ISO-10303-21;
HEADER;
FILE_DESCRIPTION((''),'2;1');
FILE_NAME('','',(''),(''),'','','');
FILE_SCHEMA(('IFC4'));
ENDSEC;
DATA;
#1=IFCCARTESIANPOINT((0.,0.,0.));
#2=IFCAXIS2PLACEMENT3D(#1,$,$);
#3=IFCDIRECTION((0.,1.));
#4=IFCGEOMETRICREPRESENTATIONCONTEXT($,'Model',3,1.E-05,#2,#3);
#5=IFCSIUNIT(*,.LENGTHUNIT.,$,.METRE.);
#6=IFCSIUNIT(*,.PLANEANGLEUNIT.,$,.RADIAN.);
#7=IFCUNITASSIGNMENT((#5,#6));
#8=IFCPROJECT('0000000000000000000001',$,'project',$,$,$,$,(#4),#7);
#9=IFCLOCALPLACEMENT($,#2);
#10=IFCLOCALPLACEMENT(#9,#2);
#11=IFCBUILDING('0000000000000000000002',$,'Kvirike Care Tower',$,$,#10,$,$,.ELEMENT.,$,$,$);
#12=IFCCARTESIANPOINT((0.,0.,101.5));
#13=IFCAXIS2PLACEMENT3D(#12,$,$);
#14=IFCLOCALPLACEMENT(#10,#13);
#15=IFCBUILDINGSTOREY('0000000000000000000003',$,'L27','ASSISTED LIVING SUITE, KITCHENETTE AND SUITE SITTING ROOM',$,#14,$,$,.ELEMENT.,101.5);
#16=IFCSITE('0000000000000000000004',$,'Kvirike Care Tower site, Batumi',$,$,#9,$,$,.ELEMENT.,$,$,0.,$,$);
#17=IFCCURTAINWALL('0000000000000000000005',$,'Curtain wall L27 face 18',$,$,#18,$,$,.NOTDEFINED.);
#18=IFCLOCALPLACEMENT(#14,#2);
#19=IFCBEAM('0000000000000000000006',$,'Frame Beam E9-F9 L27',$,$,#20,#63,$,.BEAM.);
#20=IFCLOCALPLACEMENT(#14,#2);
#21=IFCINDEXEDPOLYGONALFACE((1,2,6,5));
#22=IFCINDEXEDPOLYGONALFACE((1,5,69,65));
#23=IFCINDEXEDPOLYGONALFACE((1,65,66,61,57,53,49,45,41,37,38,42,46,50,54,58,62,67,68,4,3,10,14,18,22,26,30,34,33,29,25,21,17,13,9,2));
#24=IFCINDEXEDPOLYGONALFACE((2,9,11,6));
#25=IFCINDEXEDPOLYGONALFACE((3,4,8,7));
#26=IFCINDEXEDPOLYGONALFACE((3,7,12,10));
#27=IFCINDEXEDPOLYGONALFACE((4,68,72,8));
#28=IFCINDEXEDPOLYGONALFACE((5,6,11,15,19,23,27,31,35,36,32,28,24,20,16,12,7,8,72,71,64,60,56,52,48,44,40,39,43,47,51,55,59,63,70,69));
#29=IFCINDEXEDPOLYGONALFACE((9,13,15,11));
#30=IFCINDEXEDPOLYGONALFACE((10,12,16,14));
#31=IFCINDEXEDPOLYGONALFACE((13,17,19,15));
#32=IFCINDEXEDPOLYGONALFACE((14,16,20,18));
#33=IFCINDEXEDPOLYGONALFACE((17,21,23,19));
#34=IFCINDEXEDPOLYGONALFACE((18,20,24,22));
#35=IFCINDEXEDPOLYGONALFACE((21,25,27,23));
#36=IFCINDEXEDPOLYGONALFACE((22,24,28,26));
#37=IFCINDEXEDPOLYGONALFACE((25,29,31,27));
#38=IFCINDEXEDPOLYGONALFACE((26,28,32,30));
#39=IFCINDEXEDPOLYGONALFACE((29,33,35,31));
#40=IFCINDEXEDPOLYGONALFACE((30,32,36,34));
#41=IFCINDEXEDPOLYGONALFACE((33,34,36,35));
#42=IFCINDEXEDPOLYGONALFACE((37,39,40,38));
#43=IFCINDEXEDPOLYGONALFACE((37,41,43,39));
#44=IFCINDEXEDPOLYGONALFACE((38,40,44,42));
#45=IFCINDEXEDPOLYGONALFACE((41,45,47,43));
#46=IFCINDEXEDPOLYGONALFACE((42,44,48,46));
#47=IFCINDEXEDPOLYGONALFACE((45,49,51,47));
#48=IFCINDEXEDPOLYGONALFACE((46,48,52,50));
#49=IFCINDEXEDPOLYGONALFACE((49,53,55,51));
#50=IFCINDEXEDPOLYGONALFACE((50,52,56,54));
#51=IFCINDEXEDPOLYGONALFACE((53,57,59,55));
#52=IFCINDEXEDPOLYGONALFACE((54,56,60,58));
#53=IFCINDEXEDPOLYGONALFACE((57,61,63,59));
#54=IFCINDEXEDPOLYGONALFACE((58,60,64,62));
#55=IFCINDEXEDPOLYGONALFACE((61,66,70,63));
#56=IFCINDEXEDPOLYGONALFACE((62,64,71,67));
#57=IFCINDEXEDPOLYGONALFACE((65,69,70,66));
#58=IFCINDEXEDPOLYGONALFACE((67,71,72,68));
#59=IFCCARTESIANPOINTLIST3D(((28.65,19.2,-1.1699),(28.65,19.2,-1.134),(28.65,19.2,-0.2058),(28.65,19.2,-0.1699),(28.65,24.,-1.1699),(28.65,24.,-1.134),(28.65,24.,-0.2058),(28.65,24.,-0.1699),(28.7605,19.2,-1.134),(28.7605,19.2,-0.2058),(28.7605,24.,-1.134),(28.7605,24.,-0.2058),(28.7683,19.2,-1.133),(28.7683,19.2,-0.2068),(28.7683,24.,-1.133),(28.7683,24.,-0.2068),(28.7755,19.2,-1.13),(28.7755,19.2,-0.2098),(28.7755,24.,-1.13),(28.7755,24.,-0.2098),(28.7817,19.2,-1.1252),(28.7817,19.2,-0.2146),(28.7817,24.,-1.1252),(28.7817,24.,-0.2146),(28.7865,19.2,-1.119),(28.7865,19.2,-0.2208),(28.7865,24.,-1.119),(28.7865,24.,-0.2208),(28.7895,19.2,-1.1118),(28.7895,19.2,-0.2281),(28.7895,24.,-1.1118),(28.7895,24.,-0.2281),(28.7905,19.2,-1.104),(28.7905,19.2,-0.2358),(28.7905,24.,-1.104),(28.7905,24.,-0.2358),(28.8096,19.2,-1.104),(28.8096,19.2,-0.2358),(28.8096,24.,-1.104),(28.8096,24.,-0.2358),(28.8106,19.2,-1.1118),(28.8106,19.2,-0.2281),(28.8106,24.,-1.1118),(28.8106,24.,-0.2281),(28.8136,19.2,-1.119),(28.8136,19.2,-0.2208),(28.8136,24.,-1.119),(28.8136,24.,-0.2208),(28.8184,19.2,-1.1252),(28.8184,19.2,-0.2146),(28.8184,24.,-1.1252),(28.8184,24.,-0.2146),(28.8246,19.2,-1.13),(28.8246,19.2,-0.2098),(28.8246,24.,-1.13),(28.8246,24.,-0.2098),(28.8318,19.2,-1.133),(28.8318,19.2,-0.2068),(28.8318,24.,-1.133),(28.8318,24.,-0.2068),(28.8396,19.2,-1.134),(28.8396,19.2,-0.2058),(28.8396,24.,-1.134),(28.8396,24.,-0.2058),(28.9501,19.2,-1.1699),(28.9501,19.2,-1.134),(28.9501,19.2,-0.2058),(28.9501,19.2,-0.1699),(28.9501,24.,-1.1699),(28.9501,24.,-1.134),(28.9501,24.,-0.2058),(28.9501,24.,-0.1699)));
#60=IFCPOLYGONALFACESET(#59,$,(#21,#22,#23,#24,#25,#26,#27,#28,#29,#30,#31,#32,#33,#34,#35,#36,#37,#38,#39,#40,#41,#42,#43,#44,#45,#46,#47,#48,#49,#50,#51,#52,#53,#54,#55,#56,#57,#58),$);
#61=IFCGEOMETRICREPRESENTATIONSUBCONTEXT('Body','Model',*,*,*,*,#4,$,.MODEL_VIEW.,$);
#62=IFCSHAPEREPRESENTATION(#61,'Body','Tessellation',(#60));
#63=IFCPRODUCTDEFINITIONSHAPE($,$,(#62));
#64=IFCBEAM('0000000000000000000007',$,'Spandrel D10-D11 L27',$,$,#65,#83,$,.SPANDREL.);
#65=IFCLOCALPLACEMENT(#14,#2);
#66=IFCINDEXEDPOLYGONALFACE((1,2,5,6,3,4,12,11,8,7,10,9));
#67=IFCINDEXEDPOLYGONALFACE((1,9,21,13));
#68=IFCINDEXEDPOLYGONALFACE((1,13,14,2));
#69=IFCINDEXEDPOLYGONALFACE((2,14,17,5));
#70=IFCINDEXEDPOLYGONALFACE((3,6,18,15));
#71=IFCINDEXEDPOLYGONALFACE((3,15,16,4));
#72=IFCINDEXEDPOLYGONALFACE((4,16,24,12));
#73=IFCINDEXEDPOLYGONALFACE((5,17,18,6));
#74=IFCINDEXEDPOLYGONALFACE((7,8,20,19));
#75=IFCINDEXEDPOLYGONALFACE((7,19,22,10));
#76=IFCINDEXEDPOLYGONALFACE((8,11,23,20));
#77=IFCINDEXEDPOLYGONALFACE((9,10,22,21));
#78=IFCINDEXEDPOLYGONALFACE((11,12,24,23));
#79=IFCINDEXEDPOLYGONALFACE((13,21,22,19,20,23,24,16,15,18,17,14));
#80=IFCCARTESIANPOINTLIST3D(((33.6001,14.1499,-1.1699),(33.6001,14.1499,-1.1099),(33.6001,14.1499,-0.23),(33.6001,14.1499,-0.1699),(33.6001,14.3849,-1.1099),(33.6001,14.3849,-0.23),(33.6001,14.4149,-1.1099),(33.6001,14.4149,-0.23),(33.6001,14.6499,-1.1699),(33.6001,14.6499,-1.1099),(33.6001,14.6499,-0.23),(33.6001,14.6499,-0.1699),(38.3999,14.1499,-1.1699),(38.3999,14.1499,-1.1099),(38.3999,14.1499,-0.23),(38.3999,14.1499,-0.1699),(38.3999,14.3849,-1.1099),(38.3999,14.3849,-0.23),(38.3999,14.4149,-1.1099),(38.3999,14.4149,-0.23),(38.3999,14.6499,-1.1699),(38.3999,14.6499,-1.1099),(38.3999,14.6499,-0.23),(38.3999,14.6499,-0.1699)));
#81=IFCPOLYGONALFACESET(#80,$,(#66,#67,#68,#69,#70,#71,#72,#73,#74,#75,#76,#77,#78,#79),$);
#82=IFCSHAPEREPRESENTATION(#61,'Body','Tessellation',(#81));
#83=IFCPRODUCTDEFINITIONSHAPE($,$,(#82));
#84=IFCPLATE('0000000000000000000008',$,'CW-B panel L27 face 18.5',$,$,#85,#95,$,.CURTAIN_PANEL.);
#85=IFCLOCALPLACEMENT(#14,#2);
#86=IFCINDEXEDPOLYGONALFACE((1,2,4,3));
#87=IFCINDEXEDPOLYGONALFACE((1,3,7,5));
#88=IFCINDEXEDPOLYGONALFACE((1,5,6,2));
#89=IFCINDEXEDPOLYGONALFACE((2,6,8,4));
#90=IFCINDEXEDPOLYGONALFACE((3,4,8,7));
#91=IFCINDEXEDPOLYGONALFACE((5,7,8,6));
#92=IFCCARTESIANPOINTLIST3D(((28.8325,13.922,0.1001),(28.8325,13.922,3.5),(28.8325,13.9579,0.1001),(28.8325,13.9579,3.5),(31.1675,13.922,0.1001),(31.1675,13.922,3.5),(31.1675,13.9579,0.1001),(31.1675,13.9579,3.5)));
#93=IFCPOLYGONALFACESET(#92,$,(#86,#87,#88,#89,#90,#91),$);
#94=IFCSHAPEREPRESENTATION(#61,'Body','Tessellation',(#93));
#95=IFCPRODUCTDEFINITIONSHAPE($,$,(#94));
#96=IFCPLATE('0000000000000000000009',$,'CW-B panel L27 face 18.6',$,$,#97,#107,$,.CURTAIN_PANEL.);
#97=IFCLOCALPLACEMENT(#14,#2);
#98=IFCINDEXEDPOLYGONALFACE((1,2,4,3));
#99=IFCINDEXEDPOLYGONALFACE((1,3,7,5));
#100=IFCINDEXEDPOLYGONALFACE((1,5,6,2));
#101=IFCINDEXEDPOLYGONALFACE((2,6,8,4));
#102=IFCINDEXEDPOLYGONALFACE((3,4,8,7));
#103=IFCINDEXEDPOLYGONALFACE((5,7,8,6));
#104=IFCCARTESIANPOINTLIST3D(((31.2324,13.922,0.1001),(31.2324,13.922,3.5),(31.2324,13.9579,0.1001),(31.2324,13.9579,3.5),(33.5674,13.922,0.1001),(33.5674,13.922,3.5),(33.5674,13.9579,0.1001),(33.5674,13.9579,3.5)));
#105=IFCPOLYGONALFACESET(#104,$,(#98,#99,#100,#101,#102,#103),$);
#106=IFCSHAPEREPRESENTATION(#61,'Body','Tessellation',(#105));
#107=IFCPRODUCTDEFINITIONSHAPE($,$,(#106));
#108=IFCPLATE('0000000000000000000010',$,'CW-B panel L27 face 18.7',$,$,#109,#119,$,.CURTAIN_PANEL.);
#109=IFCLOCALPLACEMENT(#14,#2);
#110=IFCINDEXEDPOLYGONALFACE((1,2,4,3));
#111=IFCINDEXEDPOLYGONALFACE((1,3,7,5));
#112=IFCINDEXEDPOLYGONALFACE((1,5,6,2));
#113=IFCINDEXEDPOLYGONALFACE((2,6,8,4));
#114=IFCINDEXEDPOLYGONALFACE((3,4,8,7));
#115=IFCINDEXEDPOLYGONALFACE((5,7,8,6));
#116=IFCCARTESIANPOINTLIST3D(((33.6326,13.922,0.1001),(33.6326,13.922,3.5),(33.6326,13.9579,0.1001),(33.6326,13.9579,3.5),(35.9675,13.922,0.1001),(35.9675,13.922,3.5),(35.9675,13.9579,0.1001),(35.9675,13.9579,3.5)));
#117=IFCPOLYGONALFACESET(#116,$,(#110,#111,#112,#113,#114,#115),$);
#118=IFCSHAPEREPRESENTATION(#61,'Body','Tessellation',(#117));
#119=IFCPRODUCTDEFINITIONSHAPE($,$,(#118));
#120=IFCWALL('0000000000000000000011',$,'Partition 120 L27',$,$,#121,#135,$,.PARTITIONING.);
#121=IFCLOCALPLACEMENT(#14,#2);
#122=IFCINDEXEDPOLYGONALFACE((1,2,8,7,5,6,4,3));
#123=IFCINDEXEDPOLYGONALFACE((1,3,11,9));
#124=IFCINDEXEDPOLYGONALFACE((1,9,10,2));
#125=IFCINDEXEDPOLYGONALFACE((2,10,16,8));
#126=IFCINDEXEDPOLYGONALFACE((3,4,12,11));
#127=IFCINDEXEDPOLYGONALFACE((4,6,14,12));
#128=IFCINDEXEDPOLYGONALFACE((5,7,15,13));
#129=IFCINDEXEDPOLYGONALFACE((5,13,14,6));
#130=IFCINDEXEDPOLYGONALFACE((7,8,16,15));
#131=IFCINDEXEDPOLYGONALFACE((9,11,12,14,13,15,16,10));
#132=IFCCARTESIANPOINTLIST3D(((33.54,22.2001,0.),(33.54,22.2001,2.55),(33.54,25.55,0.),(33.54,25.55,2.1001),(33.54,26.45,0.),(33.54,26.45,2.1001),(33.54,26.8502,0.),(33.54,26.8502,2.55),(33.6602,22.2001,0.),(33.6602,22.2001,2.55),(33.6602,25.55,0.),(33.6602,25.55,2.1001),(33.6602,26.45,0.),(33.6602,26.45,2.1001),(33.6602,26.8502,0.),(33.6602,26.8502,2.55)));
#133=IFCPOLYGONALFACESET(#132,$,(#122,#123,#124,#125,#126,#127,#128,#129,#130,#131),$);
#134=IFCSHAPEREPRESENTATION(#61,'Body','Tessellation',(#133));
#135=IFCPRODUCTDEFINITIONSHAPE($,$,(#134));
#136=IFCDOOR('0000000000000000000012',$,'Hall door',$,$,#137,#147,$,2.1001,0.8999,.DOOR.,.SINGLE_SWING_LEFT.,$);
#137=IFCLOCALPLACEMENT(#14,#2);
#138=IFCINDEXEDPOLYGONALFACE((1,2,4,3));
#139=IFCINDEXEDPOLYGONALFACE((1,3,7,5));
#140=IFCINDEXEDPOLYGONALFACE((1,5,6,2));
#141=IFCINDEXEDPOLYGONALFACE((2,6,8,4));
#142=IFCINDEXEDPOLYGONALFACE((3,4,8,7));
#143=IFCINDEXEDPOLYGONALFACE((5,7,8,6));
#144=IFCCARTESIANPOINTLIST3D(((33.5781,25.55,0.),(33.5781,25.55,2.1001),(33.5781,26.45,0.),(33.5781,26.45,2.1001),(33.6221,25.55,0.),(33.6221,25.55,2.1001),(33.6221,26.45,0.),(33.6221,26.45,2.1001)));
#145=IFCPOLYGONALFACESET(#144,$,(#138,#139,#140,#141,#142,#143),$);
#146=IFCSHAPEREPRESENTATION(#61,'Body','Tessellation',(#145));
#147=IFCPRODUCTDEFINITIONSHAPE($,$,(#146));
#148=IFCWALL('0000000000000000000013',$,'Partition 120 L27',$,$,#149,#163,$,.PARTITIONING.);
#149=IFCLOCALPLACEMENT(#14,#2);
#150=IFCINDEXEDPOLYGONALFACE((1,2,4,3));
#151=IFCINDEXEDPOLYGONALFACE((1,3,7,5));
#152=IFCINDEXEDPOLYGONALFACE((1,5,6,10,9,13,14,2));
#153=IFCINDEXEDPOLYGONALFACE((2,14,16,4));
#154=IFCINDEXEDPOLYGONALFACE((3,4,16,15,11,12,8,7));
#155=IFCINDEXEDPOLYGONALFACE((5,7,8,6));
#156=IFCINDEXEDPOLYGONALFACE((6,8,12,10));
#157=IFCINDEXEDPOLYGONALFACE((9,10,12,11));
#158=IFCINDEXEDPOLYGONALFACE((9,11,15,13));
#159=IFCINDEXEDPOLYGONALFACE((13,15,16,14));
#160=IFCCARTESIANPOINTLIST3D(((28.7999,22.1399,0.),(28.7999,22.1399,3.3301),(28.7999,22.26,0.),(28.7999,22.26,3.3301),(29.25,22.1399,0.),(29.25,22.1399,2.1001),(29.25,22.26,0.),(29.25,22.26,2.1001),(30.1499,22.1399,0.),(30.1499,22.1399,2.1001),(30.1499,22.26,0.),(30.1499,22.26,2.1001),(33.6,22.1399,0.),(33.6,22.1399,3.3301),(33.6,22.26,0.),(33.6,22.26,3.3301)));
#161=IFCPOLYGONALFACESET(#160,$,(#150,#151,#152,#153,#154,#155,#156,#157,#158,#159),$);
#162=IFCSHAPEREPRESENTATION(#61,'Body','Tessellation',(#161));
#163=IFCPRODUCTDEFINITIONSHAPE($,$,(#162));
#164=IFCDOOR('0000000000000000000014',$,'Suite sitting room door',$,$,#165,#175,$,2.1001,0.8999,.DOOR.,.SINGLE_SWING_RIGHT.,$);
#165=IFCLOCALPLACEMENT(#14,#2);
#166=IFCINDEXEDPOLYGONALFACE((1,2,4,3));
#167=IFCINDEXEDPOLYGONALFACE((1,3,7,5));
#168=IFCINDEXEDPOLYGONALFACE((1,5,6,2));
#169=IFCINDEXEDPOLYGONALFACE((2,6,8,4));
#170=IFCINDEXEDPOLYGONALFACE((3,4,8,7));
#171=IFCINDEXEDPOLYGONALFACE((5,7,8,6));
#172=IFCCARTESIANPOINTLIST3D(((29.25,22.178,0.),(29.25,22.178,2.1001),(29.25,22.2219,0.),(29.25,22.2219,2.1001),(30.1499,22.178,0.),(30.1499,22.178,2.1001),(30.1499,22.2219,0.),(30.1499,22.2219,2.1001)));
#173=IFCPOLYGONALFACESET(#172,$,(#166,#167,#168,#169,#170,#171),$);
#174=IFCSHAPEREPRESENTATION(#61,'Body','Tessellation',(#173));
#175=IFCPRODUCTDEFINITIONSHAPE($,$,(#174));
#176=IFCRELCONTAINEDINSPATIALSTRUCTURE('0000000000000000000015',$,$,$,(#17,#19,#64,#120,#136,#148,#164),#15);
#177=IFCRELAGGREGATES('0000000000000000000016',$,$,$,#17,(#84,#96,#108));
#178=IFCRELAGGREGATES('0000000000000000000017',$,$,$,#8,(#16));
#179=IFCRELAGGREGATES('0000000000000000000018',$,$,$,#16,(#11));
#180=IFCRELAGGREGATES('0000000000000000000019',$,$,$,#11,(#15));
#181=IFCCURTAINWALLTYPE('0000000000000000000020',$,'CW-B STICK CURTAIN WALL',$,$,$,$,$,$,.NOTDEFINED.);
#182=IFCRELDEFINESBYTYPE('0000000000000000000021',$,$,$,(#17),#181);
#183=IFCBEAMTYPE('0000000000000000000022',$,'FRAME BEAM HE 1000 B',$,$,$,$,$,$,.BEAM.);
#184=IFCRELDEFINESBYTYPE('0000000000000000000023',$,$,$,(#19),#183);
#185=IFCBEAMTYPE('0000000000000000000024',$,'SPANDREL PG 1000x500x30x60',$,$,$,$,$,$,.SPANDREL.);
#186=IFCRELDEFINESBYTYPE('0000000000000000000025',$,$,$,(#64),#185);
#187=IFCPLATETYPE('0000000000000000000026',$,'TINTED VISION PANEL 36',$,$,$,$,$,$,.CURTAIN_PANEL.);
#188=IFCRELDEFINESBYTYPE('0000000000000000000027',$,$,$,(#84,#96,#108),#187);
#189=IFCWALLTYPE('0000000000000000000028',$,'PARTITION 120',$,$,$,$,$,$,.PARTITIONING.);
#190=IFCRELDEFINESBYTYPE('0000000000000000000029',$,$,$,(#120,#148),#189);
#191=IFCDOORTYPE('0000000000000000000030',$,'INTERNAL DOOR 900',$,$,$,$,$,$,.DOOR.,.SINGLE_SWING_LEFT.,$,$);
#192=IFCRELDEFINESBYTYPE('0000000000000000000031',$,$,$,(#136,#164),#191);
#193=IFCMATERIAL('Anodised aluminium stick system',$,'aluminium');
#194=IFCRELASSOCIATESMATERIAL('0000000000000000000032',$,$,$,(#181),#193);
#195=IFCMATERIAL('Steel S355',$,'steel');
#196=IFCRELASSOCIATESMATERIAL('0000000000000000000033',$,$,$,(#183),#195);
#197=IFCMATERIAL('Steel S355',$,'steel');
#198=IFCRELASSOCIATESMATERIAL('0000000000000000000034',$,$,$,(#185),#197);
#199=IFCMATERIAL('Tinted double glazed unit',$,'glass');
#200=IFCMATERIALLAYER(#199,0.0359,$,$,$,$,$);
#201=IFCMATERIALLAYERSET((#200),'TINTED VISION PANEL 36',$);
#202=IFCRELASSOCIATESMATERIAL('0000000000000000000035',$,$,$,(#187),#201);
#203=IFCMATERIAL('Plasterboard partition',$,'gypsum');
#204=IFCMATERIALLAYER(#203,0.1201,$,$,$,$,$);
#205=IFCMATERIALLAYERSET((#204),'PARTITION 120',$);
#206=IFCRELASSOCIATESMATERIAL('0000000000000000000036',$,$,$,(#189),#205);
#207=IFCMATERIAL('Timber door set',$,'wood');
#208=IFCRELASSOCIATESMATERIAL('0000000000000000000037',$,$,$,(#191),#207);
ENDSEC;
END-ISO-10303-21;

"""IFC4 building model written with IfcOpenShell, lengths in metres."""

from ifc_helpers import new_model, si_unit, direction, frame, frame_2d, origin, origin_2d, place, context, subcontext, project, spatial, rectangle, i_section, extrude, material, layer, layer_set, material_profile, profile_set, type_object, element, fill, aggregate, save


model = new_model("IFC4")

# Units and contexts
model_context = context("Model", 3, precision=1e-05, world=origin(), true_north=direction((0.0, 1.0)))
body_context = subcontext(model_context, "Body", "Model", "MODEL_VIEW")
ifc_project = project(units=[si_unit("LENGTHUNIT", "METRE"), si_unit("PLANEANGLEUNIT", "RADIAN")], contexts=[model_context])

# Site, building, storey
site_placement = place(None, origin())
site = spatial("IfcSite", under=ifc_project, at=site_placement, Name="Kvirike Care Tower site, Batumi", CompositionType="ELEMENT", RefElevation=0.0)
building_placement = place(site_placement, origin())
building = spatial("IfcBuilding", under=site, at=building_placement, Name="Kvirike Care Tower", CompositionType="ELEMENT")
storey_placement = place(building_placement, frame((0.0, 0.0, 101.5)))
storey = spatial("IfcBuildingStorey", under=building, at=storey_placement, Name="L27", Description="ASSISTED LIVING SUITE, KITCHENETTE AND SUITE SITTING ROOM", CompositionType="ELEMENT", Elevation=101.5)

# Curtain wall
ifc_material_1 = material(Name="Anodised aluminium stick system", Category="aluminium")
curtain_wall_type = type_object("IfcCurtainWallType", Name="CW-B STICK CURTAIN WALL", PredefinedType="NOTDEFINED", material=ifc_material_1)
curtain_wall_placement = place(storey_placement, origin())
curtain_wall = element("IfcCurtainWall", 1, at=curtain_wall_placement, inside=storey, type_object=curtain_wall_type, Name="Curtain wall L27 face 18", PredefinedType="NOTDEFINED")

# Beams
ifc_material_2 = material(Name="Steel S355", Category="steel")
ifc_material_profile_1 = material_profile(ifc_material_2, i_section(OverallWidth=0.3, OverallDepth=1.0, WebThickness=0.019, FlangeThickness=0.0359, FilletRadius=0.03, at=origin_2d()), Name="HE 1000 B")
ifc_profile_set_1 = profile_set([ifc_material_profile_1], Name="Steel S355")
beam_type_1 = type_object("IfcBeamType", Name="FRAME BEAM HE 1000 B", PredefinedType="BEAM", material=ifc_profile_set_1)
beam_1_placement = place(storey_placement, frame((28.8, 19.2, -0.6699), z_axis=(0.0, 1.0, 0.0), x_axis=(-1.0, 0.0, 0.0)))
element("IfcBeam", 2, at=beam_1_placement, inside=storey, type_object=beam_type_1, Name="Frame Beam E9-F9 L27", PredefinedType="BEAM", context=body_context, shape_type="SweptSolid", body=[
    extrude(i_section(OverallWidth=0.3, OverallDepth=1.0, WebThickness=0.019, FlangeThickness=0.0359, FilletRadius=0.03, at=origin_2d()), origin(), (0.0, 0.0, 1.0), 4.8),
])
ifc_material_3 = material(Name="Steel S355", Category="steel")
ifc_material_profile_2 = material_profile(ifc_material_3, i_section(OverallWidth=0.5, OverallDepth=1.0, WebThickness=0.03, FlangeThickness=0.0601, at=origin_2d()), Name="PG 1000x500x30x60")
ifc_profile_set_2 = profile_set([ifc_material_profile_2], Name="Steel S355")
beam_type_2 = type_object("IfcBeamType", Name="SPANDREL PG 1000x500x30x60", PredefinedType="SPANDREL", material=ifc_profile_set_2)
beam_2_placement = place(storey_placement, frame((33.6001, 14.3999, -0.6699), z_axis=(1.0, 0.0, 0.0), x_axis=(0.0, 1.0, 0.0)))
element("IfcBeam", 3, at=beam_2_placement, inside=storey, type_object=beam_type_2, Name="Spandrel D10-D11 L27", PredefinedType="SPANDREL", context=body_context, shape_type="SweptSolid", body=[
    extrude(i_section(OverallWidth=0.5, OverallDepth=1.0, WebThickness=0.03, FlangeThickness=0.0601, at=origin_2d()), origin(), (0.0, 0.0, 1.0), 4.7998),
])

# Plates
ifc_material_4 = material(Name="Tinted double glazed unit", Category="glass")
ifc_layer_1 = layer(ifc_material_4, 0.0359)
ifc_layer_set_1 = layer_set([ifc_layer_1], Name="TINTED VISION PANEL 36")
plate_type = type_object("IfcPlateType", Name="TINTED VISION PANEL 36", PredefinedType="CURTAIN_PANEL", material=ifc_layer_set_1)
plate_1_placement = place(storey_placement, frame((30.0, 13.9399, 0.1001), z_axis=(0.0, 0.0, 1.0), x_axis=(1.0, 0.0, 0.0)))
plate_1 = element("IfcPlate", 4, at=plate_1_placement, type_object=plate_type, Name="CW-B panel L27 face 18.5", PredefinedType="CURTAIN_PANEL", context=body_context, shape_type="SweptSolid", body=[
    extrude(rectangle(XDim=2.335, YDim=0.0359, at=origin_2d()), origin(), (0.0, 0.0, 1.0), 3.3999),
])
plate_2_placement = place(storey_placement, frame((32.3999, 13.9399, 0.1001), z_axis=(0.0, 0.0, 1.0), x_axis=(1.0, 0.0, 0.0)))
plate_2 = element("IfcPlate", 5, at=plate_2_placement, type_object=plate_type, Name="CW-B panel L27 face 18.6", PredefinedType="CURTAIN_PANEL", context=body_context, shape_type="SweptSolid", body=[
    extrude(rectangle(XDim=2.335, YDim=0.0359, at=origin_2d()), origin(), (0.0, 0.0, 1.0), 3.3999),
])
plate_3_placement = place(storey_placement, frame((34.8, 13.9399, 0.1001), z_axis=(0.0, 0.0, 1.0), x_axis=(1.0, 0.0, 0.0)))
plate_3 = element("IfcPlate", 6, at=plate_3_placement, type_object=plate_type, Name="CW-B panel L27 face 18.7", PredefinedType="CURTAIN_PANEL", context=body_context, shape_type="SweptSolid", body=[
    extrude(rectangle(XDim=2.335, YDim=0.0359, at=origin_2d()), origin(), (0.0, 0.0, 1.0), 3.3999),
])
aggregate(curtain_wall, [plate_1, plate_2, plate_3])

# Walls, openings, doors
ifc_material_5 = material(Name="Plasterboard partition", Category="gypsum")
ifc_layer_2 = layer(ifc_material_5, 0.1201)
ifc_layer_set_2 = layer_set([ifc_layer_2], Name="PARTITION 120")
wall_type_1 = type_object("IfcWallType", Name="PARTITION 120", PredefinedType="PARTITIONING", material=ifc_layer_set_2)
wall_1_placement = place(storey_placement, frame((33.6001, 22.2, 0.0), z_axis=(0.0, 0.0, 1.0), x_axis=(0.0, 1.0, 0.0)))
wall_1 = element("IfcWall", 7, at=wall_1_placement, inside=storey, type_object=wall_type_1, Name="Partition 120 L27", PredefinedType="PARTITIONING", context=body_context, shape_type="SweptSolid", body=[
    extrude(rectangle(XDim=4.6501, YDim=0.1201, at=frame_2d((2.3252, 0.0))), origin(), (0.0, 0.0, 1.0), 2.55),
])
opening_1_placement = place(wall_1_placement, frame((3.3501, 0.0, 0.0)))
opening_1 = element("IfcOpeningElement", 8, at=opening_1_placement, cuts=wall_1, PredefinedType="OPENING", context=body_context, shape_type="SweptSolid", body=[
    extrude(rectangle(XDim=0.8999, YDim=2.1001, at=frame_2d((0.45, 1.05))), frame((0.0, 0.0706, 0.0), z_axis=(0.0, -1.0, 0.0), x_axis=(1.0, 0.0, 0.0)), (0.0, 0.0, 1.0), 0.1411),
])
ifc_material_6 = material(Name="Timber door set", Category="wood")
door_type_1 = type_object("IfcDoorType", Name="INTERNAL DOOR 900", OperationType="SINGLE_SWING_LEFT", PredefinedType="DOOR", material=ifc_material_6)
door_1_placement = place(opening_1_placement, origin())
door_1 = element("IfcDoor", 9, at=door_1_placement, inside=storey, type_object=door_type_1, Name="Hall door", OperationType="SINGLE_SWING_LEFT", OverallHeight=2.1001, OverallWidth=0.8999, PredefinedType="DOOR", context=body_context, shape_type="SweptSolid", body=[
    extrude(rectangle(XDim=0.8999, YDim=2.1001, at=frame_2d((0.45, 1.05))), frame((0.0, 0.022, 0.0), z_axis=(0.0, -1.0, 0.0), x_axis=(1.0, 0.0, 0.0)), (0.0, 0.0, 1.0), 0.0439),
])
fill(opening_1, door_1)
wall_2_placement = place(storey_placement, frame((28.8, 22.2, 0.0), z_axis=(0.0, 0.0, 1.0), x_axis=(1.0, 0.0, 0.0)))
wall_2 = element("IfcWall", 10, at=wall_2_placement, inside=storey, type_object=wall_type_1, Name="Partition 120 L27", PredefinedType="PARTITIONING", context=body_context, shape_type="SweptSolid", body=[
    extrude(rectangle(XDim=4.8, YDim=0.1201, at=frame_2d((2.3999, 0.0))), origin(), (0.0, 0.0, 1.0), 3.3301),
])
opening_2_placement = place(wall_2_placement, frame((0.45, 0.0, 0.0)))
opening_2 = element("IfcOpeningElement", 11, at=opening_2_placement, cuts=wall_2, PredefinedType="OPENING", context=body_context, shape_type="SweptSolid", body=[
    extrude(rectangle(XDim=0.8999, YDim=2.1001, at=frame_2d((0.45, 1.05))), frame((0.0, 0.0706, 0.0), z_axis=(0.0, -1.0, 0.0), x_axis=(1.0, 0.0, 0.0)), (0.0, 0.0, 1.0), 0.1411),
])
door_2_placement = place(opening_2_placement, origin())
door_2 = element("IfcDoor", 12, at=door_2_placement, inside=storey, type_object=door_type_1, Name="Suite sitting room door", OperationType="SINGLE_SWING_RIGHT", OverallHeight=2.1001, OverallWidth=0.8999, PredefinedType="DOOR", context=body_context, shape_type="SweptSolid", body=[
    extrude(rectangle(XDim=0.8999, YDim=2.1001, at=frame_2d((0.45, 1.05))), frame((0.0, 0.022, 0.0), z_axis=(0.0, -1.0, 0.0), x_axis=(1.0, 0.0, 0.0)), (0.0, 0.0, 1.0), 0.0439),
])
fill(opening_2, door_2)

save(model, "model.ifc")
